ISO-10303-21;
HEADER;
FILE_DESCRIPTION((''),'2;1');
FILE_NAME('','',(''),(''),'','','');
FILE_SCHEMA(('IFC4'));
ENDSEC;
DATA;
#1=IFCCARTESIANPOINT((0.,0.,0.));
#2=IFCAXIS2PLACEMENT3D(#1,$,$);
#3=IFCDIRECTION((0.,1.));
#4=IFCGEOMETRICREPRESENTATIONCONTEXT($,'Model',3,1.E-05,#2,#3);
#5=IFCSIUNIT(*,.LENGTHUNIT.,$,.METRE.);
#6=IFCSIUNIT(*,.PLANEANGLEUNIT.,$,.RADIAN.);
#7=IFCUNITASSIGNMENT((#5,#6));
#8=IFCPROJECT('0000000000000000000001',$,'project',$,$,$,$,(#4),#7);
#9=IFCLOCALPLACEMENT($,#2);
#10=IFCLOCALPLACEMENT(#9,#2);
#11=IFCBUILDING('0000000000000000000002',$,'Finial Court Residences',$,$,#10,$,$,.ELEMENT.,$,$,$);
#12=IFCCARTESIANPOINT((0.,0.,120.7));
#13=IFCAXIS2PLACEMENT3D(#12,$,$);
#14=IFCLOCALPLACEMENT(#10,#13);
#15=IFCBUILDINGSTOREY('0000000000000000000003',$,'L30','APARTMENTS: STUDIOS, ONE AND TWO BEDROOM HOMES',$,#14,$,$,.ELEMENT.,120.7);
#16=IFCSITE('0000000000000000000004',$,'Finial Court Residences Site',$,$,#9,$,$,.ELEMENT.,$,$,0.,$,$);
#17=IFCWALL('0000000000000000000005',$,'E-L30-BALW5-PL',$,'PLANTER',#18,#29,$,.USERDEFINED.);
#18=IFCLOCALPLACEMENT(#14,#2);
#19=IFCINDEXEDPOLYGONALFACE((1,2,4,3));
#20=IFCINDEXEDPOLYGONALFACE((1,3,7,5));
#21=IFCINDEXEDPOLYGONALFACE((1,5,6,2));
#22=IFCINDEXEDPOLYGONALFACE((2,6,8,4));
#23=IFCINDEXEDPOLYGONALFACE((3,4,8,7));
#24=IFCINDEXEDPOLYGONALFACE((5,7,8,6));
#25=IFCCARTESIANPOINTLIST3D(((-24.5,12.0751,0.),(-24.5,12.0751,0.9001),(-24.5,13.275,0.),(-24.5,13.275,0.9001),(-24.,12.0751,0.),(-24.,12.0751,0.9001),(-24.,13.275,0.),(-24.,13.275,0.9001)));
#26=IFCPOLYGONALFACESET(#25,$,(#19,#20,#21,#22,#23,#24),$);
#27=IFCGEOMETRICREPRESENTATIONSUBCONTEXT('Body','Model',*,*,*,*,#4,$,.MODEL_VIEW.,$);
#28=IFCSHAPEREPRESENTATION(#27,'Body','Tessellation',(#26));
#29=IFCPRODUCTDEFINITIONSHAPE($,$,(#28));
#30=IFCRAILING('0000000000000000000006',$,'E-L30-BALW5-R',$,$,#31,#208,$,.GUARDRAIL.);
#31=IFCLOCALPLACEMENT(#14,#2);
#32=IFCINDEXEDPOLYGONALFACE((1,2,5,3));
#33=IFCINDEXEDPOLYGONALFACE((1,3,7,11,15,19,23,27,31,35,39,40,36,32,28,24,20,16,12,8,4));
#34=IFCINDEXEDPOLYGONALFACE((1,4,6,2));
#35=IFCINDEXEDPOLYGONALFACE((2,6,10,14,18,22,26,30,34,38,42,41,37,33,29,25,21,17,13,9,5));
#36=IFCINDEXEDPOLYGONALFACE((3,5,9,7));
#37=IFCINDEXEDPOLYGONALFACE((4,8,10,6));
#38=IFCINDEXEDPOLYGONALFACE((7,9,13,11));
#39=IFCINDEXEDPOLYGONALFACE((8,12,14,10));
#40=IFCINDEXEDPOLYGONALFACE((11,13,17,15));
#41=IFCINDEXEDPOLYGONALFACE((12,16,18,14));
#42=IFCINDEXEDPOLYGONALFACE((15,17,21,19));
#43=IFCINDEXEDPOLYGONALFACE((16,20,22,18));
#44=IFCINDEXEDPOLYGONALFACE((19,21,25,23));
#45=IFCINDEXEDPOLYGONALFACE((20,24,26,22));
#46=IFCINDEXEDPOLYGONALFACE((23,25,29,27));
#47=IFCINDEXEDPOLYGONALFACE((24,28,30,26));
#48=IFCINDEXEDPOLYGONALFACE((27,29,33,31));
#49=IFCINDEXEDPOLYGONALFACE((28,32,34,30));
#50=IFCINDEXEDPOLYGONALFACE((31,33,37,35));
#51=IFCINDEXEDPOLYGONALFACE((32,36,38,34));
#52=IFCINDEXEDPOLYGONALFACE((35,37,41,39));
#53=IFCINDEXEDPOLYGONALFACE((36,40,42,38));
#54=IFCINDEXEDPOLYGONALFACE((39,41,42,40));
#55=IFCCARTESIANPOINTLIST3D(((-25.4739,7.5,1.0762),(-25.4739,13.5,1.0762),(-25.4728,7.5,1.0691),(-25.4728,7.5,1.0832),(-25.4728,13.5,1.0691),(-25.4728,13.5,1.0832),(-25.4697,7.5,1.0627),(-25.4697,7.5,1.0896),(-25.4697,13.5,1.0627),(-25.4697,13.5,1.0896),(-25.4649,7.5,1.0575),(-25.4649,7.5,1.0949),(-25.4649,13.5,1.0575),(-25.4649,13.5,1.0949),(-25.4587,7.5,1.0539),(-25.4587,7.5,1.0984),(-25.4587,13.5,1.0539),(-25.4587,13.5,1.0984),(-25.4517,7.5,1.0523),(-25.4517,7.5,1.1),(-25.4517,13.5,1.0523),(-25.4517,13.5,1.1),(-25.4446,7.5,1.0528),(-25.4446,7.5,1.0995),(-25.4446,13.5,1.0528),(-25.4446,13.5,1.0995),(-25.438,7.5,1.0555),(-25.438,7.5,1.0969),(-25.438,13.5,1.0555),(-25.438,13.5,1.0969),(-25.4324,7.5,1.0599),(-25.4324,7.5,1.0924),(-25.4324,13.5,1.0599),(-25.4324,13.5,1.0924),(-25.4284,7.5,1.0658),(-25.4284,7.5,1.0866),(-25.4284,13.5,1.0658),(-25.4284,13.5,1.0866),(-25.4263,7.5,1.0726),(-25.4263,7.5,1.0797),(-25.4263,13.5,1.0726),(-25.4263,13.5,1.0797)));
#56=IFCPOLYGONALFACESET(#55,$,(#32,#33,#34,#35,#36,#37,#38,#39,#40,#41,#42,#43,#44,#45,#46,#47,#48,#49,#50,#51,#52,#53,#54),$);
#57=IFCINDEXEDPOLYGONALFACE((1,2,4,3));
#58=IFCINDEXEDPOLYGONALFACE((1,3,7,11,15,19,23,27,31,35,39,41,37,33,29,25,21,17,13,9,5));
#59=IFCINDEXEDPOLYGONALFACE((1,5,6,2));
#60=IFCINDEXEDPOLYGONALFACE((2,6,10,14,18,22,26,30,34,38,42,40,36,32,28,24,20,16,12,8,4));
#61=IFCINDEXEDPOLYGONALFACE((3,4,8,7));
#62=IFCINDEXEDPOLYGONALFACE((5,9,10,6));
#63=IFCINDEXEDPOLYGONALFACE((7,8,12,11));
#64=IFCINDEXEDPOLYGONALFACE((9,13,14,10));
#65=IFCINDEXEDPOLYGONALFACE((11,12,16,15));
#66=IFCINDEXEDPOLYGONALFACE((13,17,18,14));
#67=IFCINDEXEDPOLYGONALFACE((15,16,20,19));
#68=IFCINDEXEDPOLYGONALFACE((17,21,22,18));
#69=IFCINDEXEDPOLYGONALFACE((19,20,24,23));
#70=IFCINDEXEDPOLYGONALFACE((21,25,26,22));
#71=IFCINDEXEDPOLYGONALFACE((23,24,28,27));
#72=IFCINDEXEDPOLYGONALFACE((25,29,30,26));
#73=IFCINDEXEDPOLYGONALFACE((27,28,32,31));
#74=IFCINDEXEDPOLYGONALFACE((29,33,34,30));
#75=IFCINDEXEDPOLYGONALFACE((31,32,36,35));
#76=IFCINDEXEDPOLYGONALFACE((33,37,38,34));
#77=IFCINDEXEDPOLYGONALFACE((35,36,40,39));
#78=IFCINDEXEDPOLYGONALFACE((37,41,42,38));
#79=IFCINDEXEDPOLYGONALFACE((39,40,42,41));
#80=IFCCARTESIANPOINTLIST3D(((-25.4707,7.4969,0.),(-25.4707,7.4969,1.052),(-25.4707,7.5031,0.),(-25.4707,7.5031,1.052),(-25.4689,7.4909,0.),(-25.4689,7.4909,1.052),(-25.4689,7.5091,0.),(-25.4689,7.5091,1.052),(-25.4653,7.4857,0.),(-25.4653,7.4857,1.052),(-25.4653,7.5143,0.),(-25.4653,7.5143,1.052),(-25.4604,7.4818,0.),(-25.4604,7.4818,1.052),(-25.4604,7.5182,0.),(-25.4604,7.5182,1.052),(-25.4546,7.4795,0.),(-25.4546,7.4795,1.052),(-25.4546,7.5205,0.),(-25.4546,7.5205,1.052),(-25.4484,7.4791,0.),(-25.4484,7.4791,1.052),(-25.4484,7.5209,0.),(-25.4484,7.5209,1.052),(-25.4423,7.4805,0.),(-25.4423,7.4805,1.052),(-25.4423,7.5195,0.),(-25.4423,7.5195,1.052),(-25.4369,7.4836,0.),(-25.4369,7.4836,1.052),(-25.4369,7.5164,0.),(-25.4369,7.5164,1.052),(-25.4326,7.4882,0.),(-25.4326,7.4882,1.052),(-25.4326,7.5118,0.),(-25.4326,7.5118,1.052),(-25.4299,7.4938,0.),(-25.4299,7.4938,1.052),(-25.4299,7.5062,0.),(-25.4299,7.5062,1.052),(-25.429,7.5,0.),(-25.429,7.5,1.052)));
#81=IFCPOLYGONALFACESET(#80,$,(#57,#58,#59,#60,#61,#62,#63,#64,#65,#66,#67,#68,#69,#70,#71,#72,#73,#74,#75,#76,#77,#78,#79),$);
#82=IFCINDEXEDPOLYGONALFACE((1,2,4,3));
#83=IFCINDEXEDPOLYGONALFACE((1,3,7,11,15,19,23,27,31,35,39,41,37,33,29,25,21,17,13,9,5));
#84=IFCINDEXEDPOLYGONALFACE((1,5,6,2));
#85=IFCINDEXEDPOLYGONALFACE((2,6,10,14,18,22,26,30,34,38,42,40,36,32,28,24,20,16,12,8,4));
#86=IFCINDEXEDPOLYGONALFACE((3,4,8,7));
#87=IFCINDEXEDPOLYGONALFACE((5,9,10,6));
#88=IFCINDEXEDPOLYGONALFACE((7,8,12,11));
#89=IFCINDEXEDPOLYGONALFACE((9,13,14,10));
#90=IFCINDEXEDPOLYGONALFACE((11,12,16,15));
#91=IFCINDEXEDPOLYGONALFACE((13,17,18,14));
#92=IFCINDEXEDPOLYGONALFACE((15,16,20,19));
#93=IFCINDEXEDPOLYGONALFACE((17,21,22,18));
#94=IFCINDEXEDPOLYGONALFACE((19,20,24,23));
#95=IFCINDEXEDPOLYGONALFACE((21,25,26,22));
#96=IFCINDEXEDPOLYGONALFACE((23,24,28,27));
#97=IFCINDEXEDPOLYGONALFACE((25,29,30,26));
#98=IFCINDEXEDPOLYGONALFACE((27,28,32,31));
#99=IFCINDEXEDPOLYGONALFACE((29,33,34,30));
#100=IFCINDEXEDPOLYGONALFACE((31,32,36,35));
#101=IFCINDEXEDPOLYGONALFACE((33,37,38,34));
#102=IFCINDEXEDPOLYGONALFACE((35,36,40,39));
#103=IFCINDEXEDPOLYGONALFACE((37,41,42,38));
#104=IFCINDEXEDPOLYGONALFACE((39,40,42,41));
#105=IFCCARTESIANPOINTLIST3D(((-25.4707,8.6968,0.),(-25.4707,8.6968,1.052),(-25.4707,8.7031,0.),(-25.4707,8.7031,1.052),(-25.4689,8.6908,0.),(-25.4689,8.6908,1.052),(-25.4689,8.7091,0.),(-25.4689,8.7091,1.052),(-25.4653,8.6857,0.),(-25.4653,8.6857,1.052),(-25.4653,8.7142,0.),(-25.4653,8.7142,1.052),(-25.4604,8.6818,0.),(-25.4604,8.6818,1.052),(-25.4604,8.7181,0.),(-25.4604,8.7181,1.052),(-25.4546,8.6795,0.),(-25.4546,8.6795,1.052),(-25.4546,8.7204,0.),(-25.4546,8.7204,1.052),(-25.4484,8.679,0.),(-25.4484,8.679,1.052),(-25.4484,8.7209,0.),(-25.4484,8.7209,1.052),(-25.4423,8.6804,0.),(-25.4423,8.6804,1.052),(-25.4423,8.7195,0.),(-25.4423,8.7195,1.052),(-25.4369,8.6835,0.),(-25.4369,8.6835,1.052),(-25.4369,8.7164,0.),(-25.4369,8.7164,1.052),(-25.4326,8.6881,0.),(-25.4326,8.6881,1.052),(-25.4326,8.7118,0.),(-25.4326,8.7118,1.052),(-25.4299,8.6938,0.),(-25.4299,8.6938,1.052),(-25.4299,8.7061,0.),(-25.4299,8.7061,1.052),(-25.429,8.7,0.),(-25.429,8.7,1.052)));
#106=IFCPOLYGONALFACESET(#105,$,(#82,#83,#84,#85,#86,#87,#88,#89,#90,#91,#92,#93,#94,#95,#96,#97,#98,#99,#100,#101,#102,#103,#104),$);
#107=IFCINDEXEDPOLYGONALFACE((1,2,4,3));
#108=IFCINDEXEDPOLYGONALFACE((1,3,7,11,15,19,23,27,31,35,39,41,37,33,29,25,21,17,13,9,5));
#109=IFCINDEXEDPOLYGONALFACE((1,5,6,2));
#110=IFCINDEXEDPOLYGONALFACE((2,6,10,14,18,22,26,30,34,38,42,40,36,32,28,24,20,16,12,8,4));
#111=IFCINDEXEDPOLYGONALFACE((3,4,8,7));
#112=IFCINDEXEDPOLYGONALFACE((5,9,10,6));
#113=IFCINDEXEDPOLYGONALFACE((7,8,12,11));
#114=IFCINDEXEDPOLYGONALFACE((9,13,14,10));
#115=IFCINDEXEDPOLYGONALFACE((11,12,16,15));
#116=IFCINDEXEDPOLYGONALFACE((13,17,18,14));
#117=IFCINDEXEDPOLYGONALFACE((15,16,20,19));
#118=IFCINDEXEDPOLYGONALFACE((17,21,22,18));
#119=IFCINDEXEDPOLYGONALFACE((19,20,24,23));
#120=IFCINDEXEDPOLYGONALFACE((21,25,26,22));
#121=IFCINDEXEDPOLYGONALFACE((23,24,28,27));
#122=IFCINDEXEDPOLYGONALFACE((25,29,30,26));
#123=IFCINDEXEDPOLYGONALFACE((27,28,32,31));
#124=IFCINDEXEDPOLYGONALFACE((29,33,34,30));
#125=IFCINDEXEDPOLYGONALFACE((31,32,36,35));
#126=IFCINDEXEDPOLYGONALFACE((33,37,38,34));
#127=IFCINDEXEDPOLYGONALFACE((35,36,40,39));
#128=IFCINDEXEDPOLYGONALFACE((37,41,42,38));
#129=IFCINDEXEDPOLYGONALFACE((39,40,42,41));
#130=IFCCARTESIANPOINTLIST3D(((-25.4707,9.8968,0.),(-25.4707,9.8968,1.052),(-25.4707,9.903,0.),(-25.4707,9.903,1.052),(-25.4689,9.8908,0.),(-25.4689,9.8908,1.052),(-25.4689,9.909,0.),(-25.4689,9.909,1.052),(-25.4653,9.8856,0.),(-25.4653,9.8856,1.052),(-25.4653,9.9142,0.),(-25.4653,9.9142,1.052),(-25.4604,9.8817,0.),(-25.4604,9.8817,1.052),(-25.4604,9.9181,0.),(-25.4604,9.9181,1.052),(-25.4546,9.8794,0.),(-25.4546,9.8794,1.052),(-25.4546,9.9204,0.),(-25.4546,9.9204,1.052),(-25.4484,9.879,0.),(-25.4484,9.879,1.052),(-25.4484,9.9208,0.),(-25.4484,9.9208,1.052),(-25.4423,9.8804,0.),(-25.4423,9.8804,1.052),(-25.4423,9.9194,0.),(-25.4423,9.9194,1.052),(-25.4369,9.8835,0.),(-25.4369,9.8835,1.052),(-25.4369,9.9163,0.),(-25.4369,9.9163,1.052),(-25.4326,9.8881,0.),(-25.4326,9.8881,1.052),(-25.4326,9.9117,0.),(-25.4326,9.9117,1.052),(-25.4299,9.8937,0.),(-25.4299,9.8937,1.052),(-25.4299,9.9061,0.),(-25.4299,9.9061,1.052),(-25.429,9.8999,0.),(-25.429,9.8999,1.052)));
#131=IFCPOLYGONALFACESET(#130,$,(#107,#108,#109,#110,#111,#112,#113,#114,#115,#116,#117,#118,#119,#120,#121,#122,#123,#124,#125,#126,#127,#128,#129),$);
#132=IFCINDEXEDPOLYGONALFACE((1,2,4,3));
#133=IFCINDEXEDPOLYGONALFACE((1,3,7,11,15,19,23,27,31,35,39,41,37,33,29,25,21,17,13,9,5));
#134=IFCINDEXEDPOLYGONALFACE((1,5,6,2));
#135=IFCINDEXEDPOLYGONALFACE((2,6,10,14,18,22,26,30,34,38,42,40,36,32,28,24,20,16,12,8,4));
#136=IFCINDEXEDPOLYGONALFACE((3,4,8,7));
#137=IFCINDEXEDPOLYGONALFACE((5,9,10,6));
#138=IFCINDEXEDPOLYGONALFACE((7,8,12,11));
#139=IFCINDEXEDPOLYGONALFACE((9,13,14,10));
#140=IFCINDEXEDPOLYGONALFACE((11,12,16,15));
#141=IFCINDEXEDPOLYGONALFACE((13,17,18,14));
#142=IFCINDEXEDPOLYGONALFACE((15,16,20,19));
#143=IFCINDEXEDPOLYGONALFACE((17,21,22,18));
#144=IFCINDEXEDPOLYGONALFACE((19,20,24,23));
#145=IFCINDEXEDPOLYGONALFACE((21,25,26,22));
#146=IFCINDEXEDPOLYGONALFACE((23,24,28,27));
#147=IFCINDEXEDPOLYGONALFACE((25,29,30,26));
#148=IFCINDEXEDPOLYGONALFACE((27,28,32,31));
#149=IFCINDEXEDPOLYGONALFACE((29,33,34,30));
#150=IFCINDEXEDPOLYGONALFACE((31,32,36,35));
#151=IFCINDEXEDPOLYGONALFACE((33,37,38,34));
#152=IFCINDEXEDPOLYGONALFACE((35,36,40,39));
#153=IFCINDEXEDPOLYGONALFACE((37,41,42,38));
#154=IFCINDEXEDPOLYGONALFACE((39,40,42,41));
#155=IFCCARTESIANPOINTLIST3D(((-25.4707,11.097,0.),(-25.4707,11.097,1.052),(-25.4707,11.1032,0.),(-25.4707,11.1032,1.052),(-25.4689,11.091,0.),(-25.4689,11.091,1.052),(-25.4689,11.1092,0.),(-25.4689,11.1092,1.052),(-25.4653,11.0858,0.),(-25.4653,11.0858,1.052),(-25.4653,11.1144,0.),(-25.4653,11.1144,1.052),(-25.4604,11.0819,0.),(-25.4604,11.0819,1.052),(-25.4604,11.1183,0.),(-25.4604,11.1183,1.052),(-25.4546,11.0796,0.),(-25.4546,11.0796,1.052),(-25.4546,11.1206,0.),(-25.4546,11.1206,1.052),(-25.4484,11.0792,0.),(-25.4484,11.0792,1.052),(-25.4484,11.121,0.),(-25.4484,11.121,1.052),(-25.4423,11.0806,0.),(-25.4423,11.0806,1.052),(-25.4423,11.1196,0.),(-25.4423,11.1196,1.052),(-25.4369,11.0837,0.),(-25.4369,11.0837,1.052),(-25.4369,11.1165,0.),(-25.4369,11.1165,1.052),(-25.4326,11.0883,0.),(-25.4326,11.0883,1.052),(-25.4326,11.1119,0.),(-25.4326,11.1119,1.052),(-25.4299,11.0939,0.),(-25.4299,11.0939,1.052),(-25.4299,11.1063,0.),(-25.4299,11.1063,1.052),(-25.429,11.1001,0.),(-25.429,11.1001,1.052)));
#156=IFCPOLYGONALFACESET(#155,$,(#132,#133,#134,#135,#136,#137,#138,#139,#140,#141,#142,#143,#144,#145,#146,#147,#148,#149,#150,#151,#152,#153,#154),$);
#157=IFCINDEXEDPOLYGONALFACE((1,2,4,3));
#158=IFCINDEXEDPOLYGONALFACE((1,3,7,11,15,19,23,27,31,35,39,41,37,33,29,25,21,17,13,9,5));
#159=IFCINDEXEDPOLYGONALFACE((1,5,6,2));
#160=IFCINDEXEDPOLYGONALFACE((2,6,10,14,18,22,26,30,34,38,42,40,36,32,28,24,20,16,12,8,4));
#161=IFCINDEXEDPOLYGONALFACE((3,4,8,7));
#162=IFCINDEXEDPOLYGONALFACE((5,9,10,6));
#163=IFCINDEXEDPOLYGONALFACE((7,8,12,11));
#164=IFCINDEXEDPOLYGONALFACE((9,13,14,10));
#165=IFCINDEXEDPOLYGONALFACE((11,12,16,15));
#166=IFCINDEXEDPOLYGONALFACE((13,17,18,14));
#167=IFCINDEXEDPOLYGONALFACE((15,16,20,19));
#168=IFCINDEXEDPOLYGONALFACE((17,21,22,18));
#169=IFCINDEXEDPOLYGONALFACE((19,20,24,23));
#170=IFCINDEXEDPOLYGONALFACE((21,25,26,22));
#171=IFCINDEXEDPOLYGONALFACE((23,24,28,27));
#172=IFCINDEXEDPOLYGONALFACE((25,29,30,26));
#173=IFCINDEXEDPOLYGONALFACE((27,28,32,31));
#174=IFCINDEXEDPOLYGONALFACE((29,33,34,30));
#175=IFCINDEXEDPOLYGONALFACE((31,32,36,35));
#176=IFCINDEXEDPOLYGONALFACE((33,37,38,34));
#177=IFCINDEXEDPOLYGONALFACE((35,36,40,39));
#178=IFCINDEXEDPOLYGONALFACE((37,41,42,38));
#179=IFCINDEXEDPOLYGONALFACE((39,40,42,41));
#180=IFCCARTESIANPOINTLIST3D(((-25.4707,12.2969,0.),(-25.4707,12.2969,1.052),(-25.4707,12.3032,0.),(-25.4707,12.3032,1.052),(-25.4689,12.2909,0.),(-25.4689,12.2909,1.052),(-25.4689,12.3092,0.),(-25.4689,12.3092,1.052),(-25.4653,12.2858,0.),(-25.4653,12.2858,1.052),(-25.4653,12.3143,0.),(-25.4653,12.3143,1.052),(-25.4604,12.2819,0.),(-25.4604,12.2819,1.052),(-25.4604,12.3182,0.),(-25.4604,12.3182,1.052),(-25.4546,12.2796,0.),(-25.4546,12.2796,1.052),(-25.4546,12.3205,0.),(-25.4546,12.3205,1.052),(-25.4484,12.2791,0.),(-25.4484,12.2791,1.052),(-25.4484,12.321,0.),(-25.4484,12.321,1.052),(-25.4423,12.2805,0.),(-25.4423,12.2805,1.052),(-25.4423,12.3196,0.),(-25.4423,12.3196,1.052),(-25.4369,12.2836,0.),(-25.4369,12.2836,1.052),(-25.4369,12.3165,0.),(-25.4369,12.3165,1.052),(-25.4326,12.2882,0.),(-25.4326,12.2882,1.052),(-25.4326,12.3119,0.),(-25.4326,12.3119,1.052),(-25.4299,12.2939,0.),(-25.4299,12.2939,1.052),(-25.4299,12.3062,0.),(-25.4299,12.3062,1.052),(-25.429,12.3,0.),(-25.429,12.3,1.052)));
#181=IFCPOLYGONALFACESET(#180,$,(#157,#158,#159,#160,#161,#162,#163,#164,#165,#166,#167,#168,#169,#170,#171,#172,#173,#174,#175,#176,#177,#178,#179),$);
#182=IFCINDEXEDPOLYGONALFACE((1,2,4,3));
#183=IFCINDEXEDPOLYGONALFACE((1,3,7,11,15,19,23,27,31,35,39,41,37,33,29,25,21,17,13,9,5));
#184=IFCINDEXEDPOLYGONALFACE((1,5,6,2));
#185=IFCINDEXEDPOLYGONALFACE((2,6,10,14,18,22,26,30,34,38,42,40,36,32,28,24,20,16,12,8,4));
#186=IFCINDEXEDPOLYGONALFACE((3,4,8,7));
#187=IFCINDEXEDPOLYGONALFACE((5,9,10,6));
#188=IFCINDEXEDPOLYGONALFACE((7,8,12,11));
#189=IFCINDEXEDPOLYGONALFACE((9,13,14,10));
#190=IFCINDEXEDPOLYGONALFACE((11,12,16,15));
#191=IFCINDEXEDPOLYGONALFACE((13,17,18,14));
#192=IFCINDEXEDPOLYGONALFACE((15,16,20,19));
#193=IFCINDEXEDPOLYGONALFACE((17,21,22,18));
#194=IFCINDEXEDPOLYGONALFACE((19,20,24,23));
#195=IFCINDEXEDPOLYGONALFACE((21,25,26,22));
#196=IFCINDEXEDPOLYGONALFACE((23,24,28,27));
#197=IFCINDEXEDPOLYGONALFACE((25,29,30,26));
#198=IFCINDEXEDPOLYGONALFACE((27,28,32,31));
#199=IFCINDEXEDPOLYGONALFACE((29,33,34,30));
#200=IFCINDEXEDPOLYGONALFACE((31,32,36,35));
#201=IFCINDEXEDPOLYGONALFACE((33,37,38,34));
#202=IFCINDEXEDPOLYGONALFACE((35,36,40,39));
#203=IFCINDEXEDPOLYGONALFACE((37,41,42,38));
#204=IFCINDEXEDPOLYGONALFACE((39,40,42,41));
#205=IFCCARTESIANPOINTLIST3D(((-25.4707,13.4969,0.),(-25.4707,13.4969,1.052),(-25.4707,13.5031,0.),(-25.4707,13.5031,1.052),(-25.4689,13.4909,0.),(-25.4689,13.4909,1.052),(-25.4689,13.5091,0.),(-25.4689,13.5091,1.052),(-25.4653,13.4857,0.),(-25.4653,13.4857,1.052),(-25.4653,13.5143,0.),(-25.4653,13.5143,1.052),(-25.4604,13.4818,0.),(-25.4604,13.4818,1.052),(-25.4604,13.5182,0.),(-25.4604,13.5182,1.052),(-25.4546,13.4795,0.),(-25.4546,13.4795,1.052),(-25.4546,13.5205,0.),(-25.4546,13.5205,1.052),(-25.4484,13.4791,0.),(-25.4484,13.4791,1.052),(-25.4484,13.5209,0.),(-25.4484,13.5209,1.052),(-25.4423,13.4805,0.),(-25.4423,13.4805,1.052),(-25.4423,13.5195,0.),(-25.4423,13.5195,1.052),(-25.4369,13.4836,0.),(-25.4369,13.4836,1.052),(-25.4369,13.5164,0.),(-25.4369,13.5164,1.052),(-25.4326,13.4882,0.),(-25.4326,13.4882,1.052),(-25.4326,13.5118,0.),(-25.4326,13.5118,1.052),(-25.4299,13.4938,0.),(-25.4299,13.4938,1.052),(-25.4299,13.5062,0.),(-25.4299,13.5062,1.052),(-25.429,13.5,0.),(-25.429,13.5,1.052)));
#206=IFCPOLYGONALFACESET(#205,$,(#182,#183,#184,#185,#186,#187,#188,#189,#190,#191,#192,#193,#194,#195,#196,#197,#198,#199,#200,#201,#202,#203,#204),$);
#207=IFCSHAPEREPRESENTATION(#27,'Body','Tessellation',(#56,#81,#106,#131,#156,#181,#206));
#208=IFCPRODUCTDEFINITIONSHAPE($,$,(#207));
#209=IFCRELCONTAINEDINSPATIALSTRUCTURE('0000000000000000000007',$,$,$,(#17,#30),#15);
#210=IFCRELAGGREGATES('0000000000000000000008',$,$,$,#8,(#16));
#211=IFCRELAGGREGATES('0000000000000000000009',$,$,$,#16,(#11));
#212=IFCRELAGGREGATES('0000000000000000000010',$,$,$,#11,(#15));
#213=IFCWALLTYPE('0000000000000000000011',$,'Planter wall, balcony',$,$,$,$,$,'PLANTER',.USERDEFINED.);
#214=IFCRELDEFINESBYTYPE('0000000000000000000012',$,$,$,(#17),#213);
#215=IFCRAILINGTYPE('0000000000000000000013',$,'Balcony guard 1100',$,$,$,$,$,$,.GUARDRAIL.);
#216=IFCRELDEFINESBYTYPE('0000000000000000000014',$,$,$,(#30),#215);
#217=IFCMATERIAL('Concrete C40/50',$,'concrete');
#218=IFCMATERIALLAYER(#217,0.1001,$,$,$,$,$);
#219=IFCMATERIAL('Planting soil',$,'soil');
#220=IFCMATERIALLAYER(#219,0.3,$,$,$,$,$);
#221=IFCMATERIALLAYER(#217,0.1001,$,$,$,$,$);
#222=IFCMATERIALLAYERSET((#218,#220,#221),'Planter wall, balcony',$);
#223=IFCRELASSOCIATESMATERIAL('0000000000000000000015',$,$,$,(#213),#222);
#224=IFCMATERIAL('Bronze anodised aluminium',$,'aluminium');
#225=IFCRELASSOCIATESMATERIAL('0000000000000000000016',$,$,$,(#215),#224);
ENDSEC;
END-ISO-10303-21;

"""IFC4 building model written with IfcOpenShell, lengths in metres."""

from ifc_helpers import new_model, si_unit, direction, frame, frame_2d, origin, origin_2d, place, context, subcontext, project, spatial, rectangle, circle, extrude, material, layer, layer_set, type_object, element, save


model = new_model("IFC4")

# Units and contexts
model_context = context("Model", 3, precision=1e-05, world=origin(), true_north=direction((0.0, 1.0)))
body_context = subcontext(model_context, "Body", "Model", "MODEL_VIEW")
ifc_project = project(units=[si_unit("LENGTHUNIT", "METRE"), si_unit("PLANEANGLEUNIT", "RADIAN")], contexts=[model_context])

# Site, building, storey
site_placement = place(None, origin())
site = spatial("IfcSite", under=ifc_project, at=site_placement, Name="Finial Court Residences Site", CompositionType="ELEMENT", RefElevation=0.0)
building_placement = place(site_placement, origin())
building = spatial("IfcBuilding", under=site, at=building_placement, Name="Finial Court Residences", CompositionType="ELEMENT")
storey_placement = place(building_placement, frame((0.0, 0.0, 120.7)))
storey = spatial("IfcBuildingStorey", under=building, at=storey_placement, Name="L30", Description="APARTMENTS: STUDIOS, ONE AND TWO BEDROOM HOMES", CompositionType="ELEMENT", Elevation=120.7)

# Shared definitions
ifc_material_1 = material(Name="Bronze anodised aluminium", Category="aluminium")

# Wall
ifc_material_2 = material(Name="Concrete C40/50", Category="concrete")
ifc_layer_1 = layer(ifc_material_2, 0.1001)
ifc_material_3 = material(Name="Planting soil", Category="soil")
ifc_layer_2 = layer(ifc_material_3, 0.3)
ifc_layer_3 = layer(ifc_material_2, 0.1001)
ifc_layer_set_1 = layer_set([ifc_layer_1, ifc_layer_2, ifc_layer_3], Name="Planter wall, balcony")
wall_type_1 = type_object("IfcWallType", Name="Planter wall, balcony", ElementType="PLANTER", PredefinedType="USERDEFINED", material=ifc_layer_set_1)
wall_1_placement = place(storey_placement, frame((-24.25, 12.075, 0.0), z_axis=(0.0, 0.0, 1.0), x_axis=(0.0, 1.0, 0.0)))
element("IfcWall", 1, at=wall_1_placement, inside=storey, type_object=wall_type_1, Name="E-L30-BALW5-PL", ObjectType="PLANTER", PredefinedType="USERDEFINED", context=body_context, shape_type="SweptSolid", body=[
    extrude(rectangle(XDim=1.2, YDim=0.5, at=frame_2d((0.6001, 0.0))), origin(), (0.0, 0.0, 1.0), 0.9001),
])

# Railing
railing_type = type_object("IfcRailingType", Name="Balcony guard 1100", PredefinedType="GUARDRAIL", material=ifc_material_1)
railing_placement = place(storey_placement, frame((-25.45, 7.5, 0.0)))
element("IfcRailing", 2, at=railing_placement, inside=storey, type_object=railing_type, Name="E-L30-BALW5-R", PredefinedType="GUARDRAIL", context=body_context, shape_type="SweptSolid", body=[
    extrude(circle(Radius=0.0239, at=origin_2d()), frame((0.0, 0.0, 1.0762), z_axis=(0.0, 1.0, 0.0), x_axis=(-1.0, 0.0, 0.0)), (0.0, 0.0, 1.0), 6.0),
    extrude(circle(Radius=0.021, at=origin_2d()), origin(), (0.0, 0.0, 1.0), 1.052),
    extrude(circle(Radius=0.021, at=origin_2d()), frame((0.0, 1.2, 0.0)), (0.0, 0.0, 1.0), 1.052),
    extrude(circle(Radius=0.021, at=origin_2d()), frame((0.0, 2.3999, 0.0)), (0.0, 0.0, 1.0), 1.052),
    extrude(circle(Radius=0.021, at=origin_2d()), frame((0.0, 3.6001, 0.0)), (0.0, 0.0, 1.0), 1.052),
    extrude(circle(Radius=0.021, at=origin_2d()), frame((0.0, 4.8, 0.0)), (0.0, 0.0, 1.0), 1.052),
    extrude(circle(Radius=0.021, at=origin_2d()), frame((0.0, 6.0, 0.0)), (0.0, 0.0, 1.0), 1.052),
])

save(model, "model.ifc")
